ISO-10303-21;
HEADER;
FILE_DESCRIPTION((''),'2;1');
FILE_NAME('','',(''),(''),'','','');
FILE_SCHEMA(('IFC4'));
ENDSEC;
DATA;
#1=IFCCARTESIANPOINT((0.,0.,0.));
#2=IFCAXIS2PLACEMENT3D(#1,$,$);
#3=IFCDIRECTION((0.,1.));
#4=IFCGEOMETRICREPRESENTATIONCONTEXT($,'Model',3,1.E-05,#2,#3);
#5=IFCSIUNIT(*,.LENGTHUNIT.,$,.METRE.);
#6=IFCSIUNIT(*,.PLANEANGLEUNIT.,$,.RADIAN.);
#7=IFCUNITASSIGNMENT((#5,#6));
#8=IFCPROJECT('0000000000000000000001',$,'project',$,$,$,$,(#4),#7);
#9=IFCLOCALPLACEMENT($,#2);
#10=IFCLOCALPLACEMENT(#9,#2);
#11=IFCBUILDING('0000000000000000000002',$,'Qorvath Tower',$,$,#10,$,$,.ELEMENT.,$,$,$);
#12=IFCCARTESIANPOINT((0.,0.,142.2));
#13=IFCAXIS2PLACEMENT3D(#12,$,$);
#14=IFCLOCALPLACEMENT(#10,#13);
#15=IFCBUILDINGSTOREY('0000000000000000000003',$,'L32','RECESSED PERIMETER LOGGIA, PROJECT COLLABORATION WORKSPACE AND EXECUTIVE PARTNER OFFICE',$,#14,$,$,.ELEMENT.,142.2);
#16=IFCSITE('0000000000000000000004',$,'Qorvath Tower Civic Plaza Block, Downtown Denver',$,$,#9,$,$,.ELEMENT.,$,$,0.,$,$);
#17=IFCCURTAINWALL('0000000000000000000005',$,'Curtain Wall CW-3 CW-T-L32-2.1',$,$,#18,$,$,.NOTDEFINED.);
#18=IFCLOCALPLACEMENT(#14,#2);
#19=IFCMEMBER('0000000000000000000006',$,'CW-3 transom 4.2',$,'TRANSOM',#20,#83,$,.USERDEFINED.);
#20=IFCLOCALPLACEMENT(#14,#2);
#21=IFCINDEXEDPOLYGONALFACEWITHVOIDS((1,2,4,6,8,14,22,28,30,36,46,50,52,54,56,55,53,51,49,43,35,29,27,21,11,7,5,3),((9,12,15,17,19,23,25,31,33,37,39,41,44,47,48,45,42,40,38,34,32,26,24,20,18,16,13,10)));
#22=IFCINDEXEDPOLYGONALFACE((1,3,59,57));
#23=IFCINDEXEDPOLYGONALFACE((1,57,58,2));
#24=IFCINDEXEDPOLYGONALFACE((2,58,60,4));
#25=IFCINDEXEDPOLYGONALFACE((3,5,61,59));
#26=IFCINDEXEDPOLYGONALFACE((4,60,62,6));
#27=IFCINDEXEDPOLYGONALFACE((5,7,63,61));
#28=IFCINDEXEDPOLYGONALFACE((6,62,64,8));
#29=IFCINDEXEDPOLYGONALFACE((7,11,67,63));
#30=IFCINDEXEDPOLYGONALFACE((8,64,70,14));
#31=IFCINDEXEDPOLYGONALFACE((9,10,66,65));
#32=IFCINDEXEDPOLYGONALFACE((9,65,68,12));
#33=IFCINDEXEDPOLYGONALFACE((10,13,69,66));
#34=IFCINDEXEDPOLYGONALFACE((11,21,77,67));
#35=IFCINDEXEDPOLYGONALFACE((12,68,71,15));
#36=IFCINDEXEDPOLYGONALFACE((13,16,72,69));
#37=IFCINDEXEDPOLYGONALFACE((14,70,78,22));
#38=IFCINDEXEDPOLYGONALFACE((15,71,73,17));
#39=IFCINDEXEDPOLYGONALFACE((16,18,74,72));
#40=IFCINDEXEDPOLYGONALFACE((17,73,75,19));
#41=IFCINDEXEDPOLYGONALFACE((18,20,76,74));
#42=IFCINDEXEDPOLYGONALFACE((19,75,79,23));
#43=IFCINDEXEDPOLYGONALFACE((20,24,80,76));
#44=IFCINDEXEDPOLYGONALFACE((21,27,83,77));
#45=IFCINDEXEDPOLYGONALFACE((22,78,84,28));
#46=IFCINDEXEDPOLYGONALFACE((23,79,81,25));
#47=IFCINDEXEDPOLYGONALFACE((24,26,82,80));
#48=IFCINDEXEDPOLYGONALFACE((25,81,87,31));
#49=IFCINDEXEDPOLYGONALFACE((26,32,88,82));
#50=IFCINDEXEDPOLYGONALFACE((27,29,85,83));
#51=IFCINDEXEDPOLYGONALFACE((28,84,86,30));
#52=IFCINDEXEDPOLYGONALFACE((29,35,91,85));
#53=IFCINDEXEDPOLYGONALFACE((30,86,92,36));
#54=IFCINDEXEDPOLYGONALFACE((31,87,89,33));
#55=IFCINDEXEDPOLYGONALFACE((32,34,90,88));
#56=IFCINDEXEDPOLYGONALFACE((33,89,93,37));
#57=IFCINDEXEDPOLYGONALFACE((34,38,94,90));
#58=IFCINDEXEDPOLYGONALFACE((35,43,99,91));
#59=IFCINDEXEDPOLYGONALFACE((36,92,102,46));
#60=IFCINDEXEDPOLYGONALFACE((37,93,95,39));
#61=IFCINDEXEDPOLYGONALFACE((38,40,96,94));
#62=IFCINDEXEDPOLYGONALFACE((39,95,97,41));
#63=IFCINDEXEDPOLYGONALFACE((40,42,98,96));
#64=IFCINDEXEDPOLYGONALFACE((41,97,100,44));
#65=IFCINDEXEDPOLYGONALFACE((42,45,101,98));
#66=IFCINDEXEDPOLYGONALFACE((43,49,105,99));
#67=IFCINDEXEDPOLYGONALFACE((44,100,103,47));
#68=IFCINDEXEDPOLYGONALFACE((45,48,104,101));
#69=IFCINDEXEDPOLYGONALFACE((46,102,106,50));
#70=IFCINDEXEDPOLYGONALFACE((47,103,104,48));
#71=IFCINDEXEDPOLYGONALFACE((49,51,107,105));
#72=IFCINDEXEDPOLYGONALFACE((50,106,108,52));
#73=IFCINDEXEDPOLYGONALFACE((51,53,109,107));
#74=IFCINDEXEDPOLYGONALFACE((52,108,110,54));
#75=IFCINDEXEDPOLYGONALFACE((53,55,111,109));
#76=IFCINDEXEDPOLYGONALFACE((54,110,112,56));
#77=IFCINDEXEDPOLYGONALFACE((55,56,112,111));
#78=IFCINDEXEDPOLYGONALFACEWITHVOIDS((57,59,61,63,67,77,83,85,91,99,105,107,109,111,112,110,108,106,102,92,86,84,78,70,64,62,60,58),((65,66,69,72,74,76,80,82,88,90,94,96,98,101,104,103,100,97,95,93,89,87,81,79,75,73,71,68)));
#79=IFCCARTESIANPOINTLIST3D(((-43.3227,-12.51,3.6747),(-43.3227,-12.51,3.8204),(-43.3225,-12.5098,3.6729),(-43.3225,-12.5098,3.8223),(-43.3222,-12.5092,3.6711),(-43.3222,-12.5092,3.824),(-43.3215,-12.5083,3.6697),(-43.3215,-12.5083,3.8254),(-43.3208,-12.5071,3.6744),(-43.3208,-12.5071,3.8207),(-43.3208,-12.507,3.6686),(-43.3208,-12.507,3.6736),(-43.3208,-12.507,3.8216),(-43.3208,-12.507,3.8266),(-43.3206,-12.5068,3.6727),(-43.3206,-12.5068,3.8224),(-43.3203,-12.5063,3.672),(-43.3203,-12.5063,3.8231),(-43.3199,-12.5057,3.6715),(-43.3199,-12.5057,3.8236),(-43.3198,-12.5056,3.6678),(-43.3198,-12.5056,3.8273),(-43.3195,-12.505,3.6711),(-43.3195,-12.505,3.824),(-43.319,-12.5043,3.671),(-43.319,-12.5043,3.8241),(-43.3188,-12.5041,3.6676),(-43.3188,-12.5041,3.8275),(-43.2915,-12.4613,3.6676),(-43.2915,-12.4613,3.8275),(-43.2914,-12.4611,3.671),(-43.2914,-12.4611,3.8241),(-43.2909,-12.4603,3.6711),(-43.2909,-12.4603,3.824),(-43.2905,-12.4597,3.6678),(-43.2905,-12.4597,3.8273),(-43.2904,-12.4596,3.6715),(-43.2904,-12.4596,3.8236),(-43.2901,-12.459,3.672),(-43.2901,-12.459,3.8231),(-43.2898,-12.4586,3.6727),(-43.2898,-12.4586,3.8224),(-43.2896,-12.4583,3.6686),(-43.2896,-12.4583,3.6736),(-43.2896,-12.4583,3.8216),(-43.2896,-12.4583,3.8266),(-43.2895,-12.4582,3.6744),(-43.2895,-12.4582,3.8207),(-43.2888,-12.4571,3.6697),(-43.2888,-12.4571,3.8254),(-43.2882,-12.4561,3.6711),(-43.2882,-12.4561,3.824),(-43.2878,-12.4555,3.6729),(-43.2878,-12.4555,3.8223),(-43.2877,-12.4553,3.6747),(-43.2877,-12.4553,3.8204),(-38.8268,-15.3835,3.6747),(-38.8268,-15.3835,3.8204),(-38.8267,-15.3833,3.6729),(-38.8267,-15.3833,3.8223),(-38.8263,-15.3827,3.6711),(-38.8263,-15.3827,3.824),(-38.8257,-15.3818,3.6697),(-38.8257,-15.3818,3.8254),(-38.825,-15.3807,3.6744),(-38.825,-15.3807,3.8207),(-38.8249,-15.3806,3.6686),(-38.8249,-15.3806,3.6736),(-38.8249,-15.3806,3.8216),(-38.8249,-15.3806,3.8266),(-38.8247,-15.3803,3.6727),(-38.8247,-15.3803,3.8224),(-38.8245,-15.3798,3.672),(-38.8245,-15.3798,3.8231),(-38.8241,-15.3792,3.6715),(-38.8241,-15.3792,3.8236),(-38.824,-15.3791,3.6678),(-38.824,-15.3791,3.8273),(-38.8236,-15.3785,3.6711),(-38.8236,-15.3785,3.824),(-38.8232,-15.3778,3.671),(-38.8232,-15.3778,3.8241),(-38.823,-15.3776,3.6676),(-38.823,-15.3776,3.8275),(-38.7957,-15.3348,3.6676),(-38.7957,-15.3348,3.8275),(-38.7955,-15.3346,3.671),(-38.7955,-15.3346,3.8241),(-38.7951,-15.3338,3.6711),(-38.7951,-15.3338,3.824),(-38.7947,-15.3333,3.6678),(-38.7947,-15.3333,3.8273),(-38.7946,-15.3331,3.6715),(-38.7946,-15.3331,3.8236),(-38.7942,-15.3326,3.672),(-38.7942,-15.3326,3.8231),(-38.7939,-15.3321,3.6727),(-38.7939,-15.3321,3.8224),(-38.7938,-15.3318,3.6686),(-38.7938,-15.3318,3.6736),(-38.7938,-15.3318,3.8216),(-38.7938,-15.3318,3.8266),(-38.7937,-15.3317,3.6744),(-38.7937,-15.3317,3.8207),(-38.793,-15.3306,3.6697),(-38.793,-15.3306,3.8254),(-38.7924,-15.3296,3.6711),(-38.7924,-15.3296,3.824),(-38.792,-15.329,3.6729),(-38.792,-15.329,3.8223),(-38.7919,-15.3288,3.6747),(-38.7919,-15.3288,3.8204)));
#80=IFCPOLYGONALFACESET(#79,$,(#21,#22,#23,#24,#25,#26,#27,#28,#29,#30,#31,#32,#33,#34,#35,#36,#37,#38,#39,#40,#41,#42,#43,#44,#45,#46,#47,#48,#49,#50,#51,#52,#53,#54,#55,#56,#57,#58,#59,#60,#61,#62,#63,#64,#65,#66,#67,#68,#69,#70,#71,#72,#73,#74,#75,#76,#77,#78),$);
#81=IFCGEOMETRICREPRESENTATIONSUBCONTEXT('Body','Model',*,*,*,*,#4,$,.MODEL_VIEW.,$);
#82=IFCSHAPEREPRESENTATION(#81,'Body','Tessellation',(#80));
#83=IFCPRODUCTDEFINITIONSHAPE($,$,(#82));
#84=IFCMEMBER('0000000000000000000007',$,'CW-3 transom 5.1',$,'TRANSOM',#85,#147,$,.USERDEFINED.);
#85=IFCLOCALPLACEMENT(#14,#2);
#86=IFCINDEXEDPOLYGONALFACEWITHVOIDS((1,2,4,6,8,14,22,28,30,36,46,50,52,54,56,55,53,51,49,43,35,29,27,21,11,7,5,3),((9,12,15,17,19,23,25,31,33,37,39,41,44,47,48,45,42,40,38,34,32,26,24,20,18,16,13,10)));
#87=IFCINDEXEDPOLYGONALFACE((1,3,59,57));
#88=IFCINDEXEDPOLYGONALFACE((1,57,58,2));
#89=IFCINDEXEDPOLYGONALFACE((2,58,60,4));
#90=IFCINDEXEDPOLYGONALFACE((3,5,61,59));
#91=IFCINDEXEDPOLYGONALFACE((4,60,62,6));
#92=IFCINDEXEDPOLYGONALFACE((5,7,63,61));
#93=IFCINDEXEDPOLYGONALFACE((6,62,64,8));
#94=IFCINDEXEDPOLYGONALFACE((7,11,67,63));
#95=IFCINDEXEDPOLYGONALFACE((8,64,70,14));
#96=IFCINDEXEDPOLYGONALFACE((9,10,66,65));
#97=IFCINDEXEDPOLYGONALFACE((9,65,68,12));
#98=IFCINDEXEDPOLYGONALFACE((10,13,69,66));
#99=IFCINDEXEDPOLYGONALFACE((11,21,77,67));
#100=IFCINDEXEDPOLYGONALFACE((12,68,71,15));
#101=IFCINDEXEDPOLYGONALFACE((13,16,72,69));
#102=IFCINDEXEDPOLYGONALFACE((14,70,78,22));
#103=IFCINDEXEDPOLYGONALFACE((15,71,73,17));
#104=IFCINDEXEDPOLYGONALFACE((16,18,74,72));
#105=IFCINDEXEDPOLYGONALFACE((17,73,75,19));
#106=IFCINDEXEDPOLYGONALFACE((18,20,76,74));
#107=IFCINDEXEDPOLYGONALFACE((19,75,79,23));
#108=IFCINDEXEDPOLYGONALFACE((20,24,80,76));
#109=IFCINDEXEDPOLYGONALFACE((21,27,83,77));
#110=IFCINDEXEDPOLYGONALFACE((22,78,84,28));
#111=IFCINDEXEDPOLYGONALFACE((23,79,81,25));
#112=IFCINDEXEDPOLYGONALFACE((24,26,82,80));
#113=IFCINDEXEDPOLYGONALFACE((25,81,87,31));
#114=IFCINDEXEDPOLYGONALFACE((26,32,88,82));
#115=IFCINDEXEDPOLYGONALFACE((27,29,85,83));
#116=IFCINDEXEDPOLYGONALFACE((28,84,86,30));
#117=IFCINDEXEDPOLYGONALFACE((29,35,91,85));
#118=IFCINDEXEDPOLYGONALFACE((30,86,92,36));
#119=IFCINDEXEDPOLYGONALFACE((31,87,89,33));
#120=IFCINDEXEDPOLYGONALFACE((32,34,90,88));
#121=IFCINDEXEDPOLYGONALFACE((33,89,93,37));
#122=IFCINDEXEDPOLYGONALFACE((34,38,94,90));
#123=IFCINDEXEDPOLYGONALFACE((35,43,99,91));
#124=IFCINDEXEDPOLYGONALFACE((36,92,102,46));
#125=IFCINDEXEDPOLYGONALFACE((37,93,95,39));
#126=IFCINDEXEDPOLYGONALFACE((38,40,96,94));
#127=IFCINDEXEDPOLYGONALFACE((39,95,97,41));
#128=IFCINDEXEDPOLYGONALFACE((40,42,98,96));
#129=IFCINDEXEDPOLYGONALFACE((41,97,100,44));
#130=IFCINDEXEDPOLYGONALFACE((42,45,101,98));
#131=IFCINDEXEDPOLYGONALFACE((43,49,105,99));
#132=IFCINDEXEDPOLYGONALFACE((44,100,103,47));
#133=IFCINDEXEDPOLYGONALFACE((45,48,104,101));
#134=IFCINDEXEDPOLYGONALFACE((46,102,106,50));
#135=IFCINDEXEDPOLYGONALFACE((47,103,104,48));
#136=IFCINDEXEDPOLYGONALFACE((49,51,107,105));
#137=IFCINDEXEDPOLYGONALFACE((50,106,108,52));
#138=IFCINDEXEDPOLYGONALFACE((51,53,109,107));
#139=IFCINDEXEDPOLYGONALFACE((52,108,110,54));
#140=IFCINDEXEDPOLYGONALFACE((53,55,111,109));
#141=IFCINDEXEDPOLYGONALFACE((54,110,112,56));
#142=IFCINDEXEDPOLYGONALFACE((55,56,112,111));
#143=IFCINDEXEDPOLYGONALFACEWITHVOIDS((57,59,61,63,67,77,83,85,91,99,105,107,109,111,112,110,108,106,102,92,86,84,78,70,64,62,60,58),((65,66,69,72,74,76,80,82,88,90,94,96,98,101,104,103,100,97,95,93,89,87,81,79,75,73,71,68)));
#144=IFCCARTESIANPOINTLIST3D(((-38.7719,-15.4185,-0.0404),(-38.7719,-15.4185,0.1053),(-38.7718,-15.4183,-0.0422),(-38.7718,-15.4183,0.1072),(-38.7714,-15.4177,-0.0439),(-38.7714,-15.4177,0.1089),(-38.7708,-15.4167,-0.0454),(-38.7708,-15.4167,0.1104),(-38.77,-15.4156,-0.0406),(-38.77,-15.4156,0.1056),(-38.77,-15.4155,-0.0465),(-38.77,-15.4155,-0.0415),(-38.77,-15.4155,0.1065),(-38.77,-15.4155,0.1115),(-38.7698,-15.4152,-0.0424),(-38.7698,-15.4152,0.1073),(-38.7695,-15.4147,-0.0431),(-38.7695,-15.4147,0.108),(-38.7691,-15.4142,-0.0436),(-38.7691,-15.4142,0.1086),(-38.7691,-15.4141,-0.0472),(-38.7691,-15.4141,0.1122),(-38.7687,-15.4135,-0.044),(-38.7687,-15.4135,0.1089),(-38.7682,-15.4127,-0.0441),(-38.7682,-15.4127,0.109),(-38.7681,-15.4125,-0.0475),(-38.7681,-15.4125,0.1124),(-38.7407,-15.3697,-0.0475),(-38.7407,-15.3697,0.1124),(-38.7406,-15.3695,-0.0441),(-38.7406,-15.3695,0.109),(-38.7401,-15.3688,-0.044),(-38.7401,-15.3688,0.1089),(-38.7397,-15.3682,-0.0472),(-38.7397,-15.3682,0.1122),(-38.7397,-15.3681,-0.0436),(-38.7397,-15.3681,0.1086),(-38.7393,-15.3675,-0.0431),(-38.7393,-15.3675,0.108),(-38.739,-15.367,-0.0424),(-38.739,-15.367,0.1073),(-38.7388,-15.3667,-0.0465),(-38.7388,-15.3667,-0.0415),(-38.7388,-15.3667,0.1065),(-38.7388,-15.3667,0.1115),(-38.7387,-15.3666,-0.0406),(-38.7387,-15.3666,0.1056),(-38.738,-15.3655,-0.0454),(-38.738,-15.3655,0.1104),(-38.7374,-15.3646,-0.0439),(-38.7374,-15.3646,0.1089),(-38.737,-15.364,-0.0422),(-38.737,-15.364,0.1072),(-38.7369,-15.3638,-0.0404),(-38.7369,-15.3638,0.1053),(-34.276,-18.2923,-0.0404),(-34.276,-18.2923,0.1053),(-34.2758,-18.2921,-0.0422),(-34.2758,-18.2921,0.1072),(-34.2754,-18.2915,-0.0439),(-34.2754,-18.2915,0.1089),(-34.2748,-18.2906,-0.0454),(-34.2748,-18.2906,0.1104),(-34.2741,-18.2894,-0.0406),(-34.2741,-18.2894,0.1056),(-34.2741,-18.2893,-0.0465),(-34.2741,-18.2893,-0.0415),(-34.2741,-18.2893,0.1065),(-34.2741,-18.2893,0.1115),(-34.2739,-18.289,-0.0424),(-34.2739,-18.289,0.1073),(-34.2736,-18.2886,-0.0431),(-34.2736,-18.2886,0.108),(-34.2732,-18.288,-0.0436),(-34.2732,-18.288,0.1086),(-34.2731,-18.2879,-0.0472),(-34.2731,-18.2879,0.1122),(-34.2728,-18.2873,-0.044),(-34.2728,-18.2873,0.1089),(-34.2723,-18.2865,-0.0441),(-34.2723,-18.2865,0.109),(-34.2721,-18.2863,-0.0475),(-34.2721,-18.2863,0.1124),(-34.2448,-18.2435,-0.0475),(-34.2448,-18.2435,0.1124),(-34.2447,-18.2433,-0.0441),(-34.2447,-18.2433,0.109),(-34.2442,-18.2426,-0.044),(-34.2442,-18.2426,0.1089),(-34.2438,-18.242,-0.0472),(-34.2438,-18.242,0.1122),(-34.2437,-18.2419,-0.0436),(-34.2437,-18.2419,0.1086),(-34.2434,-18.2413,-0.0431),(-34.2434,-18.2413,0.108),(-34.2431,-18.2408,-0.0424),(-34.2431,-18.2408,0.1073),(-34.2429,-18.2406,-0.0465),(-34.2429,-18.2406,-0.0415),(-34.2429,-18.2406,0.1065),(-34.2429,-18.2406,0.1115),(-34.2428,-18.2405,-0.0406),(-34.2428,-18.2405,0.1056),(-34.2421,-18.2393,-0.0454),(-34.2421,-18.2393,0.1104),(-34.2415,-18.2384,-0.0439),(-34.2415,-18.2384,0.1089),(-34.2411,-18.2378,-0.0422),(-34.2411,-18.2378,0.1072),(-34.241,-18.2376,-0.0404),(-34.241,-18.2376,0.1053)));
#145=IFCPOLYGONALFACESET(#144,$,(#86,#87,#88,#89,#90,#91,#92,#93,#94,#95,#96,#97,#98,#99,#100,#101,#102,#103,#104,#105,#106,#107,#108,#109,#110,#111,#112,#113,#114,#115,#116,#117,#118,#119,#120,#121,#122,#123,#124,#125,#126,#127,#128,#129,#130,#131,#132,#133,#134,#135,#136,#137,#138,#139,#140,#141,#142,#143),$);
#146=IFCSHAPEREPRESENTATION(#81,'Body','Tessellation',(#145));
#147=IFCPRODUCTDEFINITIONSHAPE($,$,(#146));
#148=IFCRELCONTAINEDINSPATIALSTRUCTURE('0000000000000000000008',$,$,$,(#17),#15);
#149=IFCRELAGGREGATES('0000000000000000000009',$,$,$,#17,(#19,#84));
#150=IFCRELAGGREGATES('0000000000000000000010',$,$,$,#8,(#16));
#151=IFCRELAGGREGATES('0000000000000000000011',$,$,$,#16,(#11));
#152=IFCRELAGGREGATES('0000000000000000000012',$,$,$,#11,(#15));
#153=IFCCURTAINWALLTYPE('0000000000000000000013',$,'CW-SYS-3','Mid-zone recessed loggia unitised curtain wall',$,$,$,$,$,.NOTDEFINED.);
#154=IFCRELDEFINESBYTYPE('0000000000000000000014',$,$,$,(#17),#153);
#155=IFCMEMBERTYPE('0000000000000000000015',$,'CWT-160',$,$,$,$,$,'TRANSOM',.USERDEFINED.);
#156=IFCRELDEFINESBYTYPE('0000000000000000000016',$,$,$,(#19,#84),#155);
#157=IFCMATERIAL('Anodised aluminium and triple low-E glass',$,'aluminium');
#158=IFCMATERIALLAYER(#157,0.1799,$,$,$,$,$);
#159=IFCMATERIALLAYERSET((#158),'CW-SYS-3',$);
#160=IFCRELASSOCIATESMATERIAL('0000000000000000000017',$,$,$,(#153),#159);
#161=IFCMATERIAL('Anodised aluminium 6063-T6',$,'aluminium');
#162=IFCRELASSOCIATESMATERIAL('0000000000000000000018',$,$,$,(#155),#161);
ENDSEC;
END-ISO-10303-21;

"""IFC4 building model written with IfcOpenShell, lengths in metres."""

from ifc_helpers import new_model, si_unit, direction, frame, origin, origin_2d, place, context, subcontext, project, spatial, hollow_rectangle, extrude, material, layer, layer_set, material_profile, profile_set, type_object, element, aggregate, save


model = new_model("IFC4")

# Units and contexts
model_context = context("Model", 3, precision=1e-05, world=origin(), true_north=direction((0.0, 1.0)))
body_context = subcontext(model_context, "Body", "Model", "MODEL_VIEW")
ifc_project = project(units=[si_unit("LENGTHUNIT", "METRE"), si_unit("PLANEANGLEUNIT", "RADIAN")], contexts=[model_context])

# Site, building, storey
site_placement = place(None, origin())
site = spatial("IfcSite", under=ifc_project, at=site_placement, Name="Qorvath Tower Civic Plaza Block, Downtown Denver", CompositionType="ELEMENT", RefElevation=0.0)
building_placement = place(site_placement, origin())
building = spatial("IfcBuilding", under=site, at=building_placement, Name="Qorvath Tower", CompositionType="ELEMENT")
storey_placement = place(building_placement, frame((0.0, 0.0, 142.2)))
storey = spatial("IfcBuildingStorey", under=building, at=storey_placement, Name="L32", Description="RECESSED PERIMETER LOGGIA, PROJECT COLLABORATION WORKSPACE AND EXECUTIVE PARTNER OFFICE", CompositionType="ELEMENT", Elevation=142.2)

# Curtain wall, members
ifc_material_1 = material(Name="Anodised aluminium and triple low-E glass", Category="aluminium")
ifc_layer_1 = layer(ifc_material_1, 0.1799)
ifc_layer_set_1 = layer_set([ifc_layer_1], Name="CW-SYS-3")
curtain_wall_type = type_object("IfcCurtainWallType", Name="CW-SYS-3", Description="Mid-zone recessed loggia unitised curtain wall", PredefinedType="NOTDEFINED", material=ifc_layer_set_1)
curtain_wall_placement = place(storey_placement, origin())
curtain_wall = element("IfcCurtainWall", 1, at=curtain_wall_placement, inside=storey, type_object=curtain_wall_type, Name="Curtain Wall CW-3 CW-T-L32-2.1", PredefinedType="NOTDEFINED")
ifc_material_2 = material(Name="Anodised aluminium 6063-T6", Category="aluminium")
ifc_material_profile_1 = material_profile(ifc_material_2, hollow_rectangle(XDim=0.0649, YDim=0.1599, WallThickness=0.0034, InnerFilletRadius=0.0034, OuterFilletRadius=0.0071, at=origin_2d()), Name="CWT 160x65")
ifc_profile_set_1 = profile_set([ifc_material_profile_1], Name="Anodised aluminium 6063-T6")
member_type_1 = type_object("IfcMemberType", Name="CWT-160", ElementType="TRANSOM", PredefinedType="USERDEFINED", material=ifc_profile_set_1)
member_1_placement = place(storey_placement, frame((-43.3052, -12.4827, 3.7476), z_axis=(0.842595, -0.538547, 0.0), x_axis=(0.538547, 0.842595, 0.0)))
member_1 = element("IfcMember", 2, at=member_1_placement, type_object=member_type_1, Name="CW-3 transom 4.2", ObjectType="TRANSOM", PredefinedType="USERDEFINED", context=body_context, shape_type="SweptSolid", body=[
    extrude(hollow_rectangle(XDim=0.0649, YDim=0.1599, WallThickness=0.0034, InnerFilletRadius=0.0034, OuterFilletRadius=0.0071, at=origin_2d()), origin(), (0.0, 0.0, 1.0), 5.3357),
])
member_2_placement = place(storey_placement, frame((-38.7544, -15.3911, 0.0325), z_axis=(0.842575, -0.53858, 0.0), x_axis=(0.53858, 0.842575, 0.0)))
member_2 = element("IfcMember", 3, at=member_2_placement, type_object=member_type_1, Name="CW-3 transom 5.1", ObjectType="TRANSOM", PredefinedType="USERDEFINED", context=body_context, shape_type="SweptSolid", body=[
    extrude(hollow_rectangle(XDim=0.0649, YDim=0.1599, WallThickness=0.0034, InnerFilletRadius=0.0034, OuterFilletRadius=0.0071, at=origin_2d()), origin(), (0.0, 0.0, 1.0), 5.3359),
])
aggregate(curtain_wall, [member_1, member_2])

save(model, "model.ifc")
